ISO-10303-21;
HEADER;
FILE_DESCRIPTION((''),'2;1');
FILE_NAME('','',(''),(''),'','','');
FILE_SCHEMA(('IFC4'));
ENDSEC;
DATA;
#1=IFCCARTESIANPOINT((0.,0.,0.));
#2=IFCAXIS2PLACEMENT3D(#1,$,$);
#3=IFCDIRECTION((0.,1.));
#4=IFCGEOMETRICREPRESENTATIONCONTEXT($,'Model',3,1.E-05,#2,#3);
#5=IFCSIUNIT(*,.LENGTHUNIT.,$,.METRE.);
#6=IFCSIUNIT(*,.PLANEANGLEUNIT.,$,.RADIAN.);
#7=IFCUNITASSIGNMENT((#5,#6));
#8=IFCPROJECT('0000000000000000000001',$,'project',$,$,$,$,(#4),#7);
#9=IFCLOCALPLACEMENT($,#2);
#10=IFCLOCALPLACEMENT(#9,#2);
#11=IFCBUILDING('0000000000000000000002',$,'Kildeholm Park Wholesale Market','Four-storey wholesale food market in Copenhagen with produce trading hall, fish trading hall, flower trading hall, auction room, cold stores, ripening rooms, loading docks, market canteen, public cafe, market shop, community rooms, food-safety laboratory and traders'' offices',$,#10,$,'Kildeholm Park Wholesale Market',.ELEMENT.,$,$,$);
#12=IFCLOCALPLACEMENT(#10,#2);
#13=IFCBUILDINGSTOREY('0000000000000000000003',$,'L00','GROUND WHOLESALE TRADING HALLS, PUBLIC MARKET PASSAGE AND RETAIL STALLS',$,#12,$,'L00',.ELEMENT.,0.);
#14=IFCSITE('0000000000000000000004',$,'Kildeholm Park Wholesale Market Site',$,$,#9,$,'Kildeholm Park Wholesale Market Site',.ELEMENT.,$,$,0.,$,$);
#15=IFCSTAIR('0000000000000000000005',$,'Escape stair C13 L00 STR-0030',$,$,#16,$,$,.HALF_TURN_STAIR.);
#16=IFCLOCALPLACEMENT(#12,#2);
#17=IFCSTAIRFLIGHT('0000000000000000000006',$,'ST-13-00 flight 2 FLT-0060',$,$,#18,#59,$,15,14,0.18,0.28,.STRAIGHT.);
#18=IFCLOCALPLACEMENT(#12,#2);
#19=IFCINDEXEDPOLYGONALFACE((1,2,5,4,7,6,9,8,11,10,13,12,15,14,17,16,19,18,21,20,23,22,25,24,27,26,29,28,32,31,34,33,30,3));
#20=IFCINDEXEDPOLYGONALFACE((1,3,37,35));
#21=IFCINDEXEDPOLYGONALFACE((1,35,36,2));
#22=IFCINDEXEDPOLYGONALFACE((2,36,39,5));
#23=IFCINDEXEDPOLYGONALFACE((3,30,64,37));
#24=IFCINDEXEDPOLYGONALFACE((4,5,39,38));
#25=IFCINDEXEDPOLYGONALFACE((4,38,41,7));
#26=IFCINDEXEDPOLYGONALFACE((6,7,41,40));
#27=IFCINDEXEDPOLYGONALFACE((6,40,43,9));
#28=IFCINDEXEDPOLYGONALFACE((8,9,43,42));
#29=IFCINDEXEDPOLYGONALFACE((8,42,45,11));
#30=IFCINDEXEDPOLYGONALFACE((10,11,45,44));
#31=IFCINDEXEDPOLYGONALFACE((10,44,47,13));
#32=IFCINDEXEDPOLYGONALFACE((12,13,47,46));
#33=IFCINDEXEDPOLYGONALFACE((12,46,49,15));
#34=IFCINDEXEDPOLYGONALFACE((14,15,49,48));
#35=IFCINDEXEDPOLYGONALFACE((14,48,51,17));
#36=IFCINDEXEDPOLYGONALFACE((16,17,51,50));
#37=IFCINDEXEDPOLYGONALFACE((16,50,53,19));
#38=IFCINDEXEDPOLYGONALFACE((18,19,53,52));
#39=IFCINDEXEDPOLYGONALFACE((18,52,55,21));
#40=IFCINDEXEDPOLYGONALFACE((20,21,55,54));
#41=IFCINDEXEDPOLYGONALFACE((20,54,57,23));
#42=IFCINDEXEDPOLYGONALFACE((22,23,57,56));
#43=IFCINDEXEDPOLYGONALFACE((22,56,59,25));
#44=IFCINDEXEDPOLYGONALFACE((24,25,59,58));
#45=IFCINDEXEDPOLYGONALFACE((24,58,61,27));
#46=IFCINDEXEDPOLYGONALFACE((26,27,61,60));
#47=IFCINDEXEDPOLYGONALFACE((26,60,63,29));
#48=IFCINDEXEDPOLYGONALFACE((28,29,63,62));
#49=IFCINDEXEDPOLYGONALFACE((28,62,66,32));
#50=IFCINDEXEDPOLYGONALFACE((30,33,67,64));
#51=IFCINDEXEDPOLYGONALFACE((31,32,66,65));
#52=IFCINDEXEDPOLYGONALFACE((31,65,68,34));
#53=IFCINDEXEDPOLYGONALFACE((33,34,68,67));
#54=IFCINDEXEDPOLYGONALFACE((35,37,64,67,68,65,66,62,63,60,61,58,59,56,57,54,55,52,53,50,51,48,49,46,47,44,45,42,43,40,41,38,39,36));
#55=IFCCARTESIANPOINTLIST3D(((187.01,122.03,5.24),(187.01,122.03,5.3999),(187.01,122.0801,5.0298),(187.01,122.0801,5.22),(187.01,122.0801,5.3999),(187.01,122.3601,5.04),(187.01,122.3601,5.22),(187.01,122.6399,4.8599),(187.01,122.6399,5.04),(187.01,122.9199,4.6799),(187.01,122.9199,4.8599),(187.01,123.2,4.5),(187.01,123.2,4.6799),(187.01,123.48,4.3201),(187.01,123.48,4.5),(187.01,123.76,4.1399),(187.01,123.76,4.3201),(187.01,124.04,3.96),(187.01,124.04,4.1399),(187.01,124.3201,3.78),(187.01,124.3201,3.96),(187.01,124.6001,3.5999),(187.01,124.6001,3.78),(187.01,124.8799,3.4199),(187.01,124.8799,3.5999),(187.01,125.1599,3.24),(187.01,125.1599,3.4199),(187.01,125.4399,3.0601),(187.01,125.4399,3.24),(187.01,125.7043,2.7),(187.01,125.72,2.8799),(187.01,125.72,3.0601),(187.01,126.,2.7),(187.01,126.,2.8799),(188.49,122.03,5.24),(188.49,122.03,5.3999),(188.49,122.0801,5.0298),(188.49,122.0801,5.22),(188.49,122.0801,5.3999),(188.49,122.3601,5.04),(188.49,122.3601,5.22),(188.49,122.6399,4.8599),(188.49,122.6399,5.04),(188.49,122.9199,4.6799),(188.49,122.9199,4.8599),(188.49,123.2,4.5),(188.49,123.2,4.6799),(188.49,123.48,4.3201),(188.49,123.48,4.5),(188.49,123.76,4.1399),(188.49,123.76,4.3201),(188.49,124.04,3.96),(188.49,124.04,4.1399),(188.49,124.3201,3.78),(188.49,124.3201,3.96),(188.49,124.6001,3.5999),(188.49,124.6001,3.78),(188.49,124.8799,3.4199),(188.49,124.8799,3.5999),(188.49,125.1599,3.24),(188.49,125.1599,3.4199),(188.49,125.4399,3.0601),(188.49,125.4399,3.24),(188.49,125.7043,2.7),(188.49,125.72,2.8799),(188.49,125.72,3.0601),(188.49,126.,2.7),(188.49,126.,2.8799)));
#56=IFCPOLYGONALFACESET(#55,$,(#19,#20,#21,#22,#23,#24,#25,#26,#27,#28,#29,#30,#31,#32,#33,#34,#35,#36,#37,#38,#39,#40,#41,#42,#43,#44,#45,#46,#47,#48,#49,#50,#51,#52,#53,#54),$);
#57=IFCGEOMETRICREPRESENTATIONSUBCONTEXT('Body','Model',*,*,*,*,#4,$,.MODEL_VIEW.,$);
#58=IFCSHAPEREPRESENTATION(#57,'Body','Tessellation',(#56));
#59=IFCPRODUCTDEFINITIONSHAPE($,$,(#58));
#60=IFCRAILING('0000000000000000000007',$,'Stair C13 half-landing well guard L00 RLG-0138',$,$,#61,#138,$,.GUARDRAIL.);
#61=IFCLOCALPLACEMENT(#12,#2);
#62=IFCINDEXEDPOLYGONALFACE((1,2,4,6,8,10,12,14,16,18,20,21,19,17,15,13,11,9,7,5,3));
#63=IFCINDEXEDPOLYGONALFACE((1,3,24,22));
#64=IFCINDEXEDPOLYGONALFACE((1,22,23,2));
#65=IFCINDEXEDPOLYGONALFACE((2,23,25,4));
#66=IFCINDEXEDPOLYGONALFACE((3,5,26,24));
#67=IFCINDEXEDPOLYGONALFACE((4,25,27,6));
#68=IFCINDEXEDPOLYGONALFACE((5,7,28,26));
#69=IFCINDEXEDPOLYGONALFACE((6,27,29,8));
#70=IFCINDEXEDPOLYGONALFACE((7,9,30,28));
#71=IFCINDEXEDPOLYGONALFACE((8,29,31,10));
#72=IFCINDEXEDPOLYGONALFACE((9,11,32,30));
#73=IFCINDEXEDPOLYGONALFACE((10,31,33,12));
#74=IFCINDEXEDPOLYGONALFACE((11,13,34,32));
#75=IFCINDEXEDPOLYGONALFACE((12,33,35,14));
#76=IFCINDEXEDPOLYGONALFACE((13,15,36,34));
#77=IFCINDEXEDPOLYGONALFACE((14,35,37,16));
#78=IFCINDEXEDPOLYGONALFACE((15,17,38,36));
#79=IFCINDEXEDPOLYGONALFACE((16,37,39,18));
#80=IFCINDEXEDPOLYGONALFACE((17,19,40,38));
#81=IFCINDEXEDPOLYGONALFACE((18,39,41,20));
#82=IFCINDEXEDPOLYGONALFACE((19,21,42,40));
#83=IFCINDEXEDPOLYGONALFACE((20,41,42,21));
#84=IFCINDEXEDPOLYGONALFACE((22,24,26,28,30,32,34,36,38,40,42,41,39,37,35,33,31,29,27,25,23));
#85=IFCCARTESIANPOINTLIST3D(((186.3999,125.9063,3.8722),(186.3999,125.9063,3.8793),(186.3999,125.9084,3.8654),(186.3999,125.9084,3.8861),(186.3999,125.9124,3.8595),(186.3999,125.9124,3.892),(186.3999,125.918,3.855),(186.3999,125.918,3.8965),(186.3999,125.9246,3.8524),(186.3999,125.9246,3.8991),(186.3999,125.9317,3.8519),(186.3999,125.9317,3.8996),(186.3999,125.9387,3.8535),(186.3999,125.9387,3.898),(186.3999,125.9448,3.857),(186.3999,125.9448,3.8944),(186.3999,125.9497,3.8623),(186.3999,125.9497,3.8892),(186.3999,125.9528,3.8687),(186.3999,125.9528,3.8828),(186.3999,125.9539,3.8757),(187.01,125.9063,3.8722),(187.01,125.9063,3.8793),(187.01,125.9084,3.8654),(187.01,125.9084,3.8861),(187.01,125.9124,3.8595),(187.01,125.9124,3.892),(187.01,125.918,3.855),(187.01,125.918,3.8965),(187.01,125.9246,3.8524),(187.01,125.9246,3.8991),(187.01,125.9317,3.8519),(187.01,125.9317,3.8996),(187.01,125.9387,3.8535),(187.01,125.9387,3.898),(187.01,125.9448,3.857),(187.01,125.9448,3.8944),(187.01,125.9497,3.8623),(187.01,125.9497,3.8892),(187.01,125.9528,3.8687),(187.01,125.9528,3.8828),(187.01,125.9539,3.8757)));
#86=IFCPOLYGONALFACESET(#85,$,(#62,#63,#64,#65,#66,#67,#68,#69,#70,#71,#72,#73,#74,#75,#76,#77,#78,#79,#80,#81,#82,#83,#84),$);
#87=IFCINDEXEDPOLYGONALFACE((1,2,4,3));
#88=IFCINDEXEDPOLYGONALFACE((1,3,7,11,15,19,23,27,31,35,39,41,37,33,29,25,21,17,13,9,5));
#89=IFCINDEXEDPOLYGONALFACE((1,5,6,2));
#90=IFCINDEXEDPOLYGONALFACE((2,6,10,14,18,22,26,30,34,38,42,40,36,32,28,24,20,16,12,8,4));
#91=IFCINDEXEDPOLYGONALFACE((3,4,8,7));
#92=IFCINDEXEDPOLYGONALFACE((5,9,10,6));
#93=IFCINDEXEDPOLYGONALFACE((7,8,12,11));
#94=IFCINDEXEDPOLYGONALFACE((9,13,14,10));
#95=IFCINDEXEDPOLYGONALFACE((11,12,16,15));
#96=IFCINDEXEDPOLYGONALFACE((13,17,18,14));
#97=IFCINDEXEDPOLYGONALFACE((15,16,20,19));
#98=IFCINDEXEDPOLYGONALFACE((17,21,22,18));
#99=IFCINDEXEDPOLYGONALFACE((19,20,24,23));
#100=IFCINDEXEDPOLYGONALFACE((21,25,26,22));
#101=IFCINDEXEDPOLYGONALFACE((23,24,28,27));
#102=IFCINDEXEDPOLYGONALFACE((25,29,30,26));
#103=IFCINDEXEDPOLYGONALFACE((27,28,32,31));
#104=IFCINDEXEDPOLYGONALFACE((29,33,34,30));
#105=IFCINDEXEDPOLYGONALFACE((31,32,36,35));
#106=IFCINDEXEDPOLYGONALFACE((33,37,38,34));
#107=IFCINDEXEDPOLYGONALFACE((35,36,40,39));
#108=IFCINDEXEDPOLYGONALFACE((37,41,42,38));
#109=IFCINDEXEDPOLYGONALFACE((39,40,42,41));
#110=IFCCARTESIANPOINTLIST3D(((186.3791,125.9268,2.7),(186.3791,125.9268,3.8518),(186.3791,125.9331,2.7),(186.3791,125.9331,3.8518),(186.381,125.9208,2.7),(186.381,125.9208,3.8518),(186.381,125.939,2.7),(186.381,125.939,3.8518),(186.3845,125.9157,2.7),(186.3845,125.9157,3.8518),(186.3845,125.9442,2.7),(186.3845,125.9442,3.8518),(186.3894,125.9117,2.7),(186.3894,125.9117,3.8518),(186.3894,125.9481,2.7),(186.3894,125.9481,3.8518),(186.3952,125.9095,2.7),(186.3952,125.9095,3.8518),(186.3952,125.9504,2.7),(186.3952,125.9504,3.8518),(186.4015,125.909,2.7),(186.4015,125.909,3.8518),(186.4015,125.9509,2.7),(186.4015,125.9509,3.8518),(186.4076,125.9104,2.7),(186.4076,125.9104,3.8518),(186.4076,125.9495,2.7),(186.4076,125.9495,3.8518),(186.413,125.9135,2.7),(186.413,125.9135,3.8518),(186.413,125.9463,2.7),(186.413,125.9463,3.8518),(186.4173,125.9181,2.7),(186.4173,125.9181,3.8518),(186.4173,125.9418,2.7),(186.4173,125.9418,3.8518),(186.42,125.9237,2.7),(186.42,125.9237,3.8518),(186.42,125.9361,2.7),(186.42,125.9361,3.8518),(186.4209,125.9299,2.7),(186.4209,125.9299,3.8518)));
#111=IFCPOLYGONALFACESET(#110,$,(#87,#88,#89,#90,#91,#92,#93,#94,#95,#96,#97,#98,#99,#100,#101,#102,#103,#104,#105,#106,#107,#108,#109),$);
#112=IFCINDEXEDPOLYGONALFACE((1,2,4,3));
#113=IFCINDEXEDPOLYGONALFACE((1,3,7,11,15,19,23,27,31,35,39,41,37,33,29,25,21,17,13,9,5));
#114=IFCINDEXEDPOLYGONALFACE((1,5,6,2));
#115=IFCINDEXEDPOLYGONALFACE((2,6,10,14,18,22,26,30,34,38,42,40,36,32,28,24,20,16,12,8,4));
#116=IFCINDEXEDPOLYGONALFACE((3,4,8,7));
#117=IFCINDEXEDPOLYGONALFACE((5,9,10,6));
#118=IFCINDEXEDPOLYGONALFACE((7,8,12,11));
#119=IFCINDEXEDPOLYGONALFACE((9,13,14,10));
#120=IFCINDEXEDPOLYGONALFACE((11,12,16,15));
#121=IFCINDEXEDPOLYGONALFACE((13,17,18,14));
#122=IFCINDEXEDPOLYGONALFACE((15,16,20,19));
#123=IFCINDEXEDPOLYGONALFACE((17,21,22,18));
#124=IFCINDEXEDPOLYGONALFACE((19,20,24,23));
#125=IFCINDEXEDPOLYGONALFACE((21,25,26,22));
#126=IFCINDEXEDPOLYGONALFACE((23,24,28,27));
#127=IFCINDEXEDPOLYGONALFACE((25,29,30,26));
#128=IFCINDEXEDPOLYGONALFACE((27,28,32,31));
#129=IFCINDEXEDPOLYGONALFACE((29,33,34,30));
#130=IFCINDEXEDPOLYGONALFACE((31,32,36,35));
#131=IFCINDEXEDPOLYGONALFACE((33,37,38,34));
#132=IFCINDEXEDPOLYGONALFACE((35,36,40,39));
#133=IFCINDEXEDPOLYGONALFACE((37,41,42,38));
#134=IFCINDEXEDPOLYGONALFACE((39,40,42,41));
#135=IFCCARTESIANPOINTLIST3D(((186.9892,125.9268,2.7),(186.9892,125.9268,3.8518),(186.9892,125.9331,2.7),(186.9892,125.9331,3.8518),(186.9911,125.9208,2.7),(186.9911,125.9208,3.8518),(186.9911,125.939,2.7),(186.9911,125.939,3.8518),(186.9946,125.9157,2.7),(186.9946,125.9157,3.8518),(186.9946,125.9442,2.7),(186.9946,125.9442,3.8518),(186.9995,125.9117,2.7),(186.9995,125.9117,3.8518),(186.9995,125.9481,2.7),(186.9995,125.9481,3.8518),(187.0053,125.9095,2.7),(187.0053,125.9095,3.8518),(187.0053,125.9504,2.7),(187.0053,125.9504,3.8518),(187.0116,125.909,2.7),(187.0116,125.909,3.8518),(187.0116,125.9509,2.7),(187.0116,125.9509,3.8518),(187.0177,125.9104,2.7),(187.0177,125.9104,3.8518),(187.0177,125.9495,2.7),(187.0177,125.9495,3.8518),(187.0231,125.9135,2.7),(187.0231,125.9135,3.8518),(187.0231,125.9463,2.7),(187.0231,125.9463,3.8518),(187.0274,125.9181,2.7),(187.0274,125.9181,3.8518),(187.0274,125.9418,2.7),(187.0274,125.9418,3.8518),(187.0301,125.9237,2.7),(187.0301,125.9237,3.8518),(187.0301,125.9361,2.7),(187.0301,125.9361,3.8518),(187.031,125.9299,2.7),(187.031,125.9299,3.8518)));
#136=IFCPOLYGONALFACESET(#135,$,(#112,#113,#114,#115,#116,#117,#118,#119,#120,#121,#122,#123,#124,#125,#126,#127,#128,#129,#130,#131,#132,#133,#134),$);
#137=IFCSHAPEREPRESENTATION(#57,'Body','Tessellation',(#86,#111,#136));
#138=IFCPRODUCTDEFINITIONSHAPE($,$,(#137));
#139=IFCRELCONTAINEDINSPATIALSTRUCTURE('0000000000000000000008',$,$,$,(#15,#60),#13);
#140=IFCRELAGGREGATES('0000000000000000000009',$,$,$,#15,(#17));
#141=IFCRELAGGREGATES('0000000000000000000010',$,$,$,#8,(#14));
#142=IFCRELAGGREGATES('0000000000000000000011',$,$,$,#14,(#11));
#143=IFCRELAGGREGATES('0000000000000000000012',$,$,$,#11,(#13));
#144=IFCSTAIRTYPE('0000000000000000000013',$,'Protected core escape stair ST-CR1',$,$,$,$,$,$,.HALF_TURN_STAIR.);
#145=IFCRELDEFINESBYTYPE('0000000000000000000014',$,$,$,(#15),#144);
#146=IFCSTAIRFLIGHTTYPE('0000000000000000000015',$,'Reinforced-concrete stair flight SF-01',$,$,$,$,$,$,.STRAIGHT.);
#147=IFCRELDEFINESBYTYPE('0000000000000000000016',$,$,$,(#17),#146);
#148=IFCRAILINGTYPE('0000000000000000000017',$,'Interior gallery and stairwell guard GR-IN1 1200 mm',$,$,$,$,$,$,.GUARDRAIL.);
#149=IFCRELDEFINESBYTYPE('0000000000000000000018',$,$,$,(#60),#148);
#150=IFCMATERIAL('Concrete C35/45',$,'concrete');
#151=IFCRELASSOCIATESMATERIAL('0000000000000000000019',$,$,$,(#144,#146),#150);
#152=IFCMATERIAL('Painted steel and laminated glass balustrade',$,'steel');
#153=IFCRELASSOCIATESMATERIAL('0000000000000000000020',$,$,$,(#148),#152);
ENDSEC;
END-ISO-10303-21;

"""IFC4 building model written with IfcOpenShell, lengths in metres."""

from ifc_helpers import new_model, si_unit, direction, frame, origin, origin_2d, place, context, subcontext, project, spatial, polyline, circle, outline, extrude, material, type_object, element, aggregate, save


model = new_model("IFC4")

# Units and contexts
model_context = context("Model", 3, precision=1e-05, world=origin(), true_north=direction((0.0, 1.0)))
body_context = subcontext(model_context, "Body", "Model", "MODEL_VIEW")
ifc_project = project(units=[si_unit("LENGTHUNIT", "METRE"), si_unit("PLANEANGLEUNIT", "RADIAN")], contexts=[model_context])

# Site, building, storey
site_placement = place(None, origin())
site = spatial("IfcSite", under=ifc_project, at=site_placement, Name="Kildeholm Park Wholesale Market Site", LongName="Kildeholm Park Wholesale Market Site", CompositionType="ELEMENT", RefElevation=0.0)
building_placement = place(site_placement, origin())
building = spatial("IfcBuilding", under=site, at=building_placement, Name="Kildeholm Park Wholesale Market", Description="Four-storey wholesale food market in Copenhagen with produce trading hall, fish trading hall, flower trading hall, auction room, cold stores, ripening rooms, loading docks, market canteen, public cafe, market shop, community rooms, food-safety laboratory and traders' offices", LongName="Kildeholm Park Wholesale Market", CompositionType="ELEMENT")
storey_placement = place(building_placement, origin())
storey = spatial("IfcBuildingStorey", under=building, at=storey_placement, Name="L00", Description="GROUND WHOLESALE TRADING HALLS, PUBLIC MARKET PASSAGE AND RETAIL STALLS", LongName="L00", CompositionType="ELEMENT", Elevation=0.0)

# Shared definitions
ifc_material_1 = material(Name="Concrete C35/45", Category="concrete")

# Stair, stair flight
stair_type = type_object("IfcStairType", Name="Protected core escape stair ST-CR1", PredefinedType="HALF_TURN_STAIR", material=ifc_material_1)
stair_placement = place(storey_placement, origin())
stair = element("IfcStair", 1, at=stair_placement, inside=storey, type_object=stair_type, Name="Escape stair C13 L00 STR-0030", PredefinedType="HALF_TURN_STAIR")
stair_flight_type = type_object("IfcStairFlightType", Name="Reinforced-concrete stair flight SF-01", PredefinedType="STRAIGHT", material=ifc_material_1)
stair_flight_placement = place(storey_placement, frame((187.75, 126.0, 2.7), z_axis=(0.0, 0.0, 1.0), x_axis=(0.0, -1.0, 0.0)))
stair_flight = element("IfcStairFlight", 2, at=stair_flight_placement, type_object=stair_flight_type, Name="ST-13-00 flight 2 FLT-0060", NumberOfRisers=15, NumberOfTreads=14, PredefinedType="STRAIGHT", RiserHeight=0.18, TreadLength=0.28, context=body_context, shape_type="SweptSolid", body=[
    extrude(outline(polyline([(0.0, 0.0), (0.0, 0.1799), (0.28, 0.1799), (0.28, 0.3601), (0.5601, 0.3601), (0.5601, 0.54), (0.8401, 0.54), (0.8401, 0.72), (1.1201, 0.72), (1.1201, 0.8999), (1.3999, 0.8999), (1.3999, 1.0801), (1.6799, 1.0801), (1.6799, 1.26), (1.96, 1.26), (1.96, 1.4399), (2.24, 1.4399), (2.24, 1.6201), (2.52, 1.6201), (2.52, 1.8), (2.8, 1.8), (2.8, 1.98), (3.0801, 1.98), (3.0801, 2.1599), (3.3601, 2.1599), (3.3601, 2.3401), (3.6399, 2.3401), (3.6399, 2.52), (3.9199, 2.52), (3.9199, 2.7), (3.97, 2.7), (3.97, 2.54), (3.9199, 2.3298), (0.2957, 0.0), (0.0, 0.0)])), frame((0.0, 0.74, 0.0), z_axis=(0.0, -1.0, 0.0), x_axis=(1.0, 0.0, 0.0)), (0.0, 0.0, 1.0), 1.48),
])
aggregate(stair, [stair_flight])

# Railing
ifc_material_2 = material(Name="Painted steel and laminated glass balustrade", Category="steel")
railing_type_1 = type_object("IfcRailingType", Name="Interior gallery and stairwell guard GR-IN1 1200 mm", PredefinedType="GUARDRAIL", material=ifc_material_2)
railing_1_placement = place(storey_placement, frame((186.3999, 125.9299, 2.7)))
element("IfcRailing", 3, at=railing_1_placement, inside=storey, type_object=railing_type_1, Name="Stair C13 half-landing well guard L00 RLG-0138", PredefinedType="GUARDRAIL", context=body_context, shape_type="SweptSolid", body=[
    extrude(circle(Radius=0.0239, at=origin_2d()), frame((0.0, 0.0, 1.1758), z_axis=(1.0, 0.0, 0.0), x_axis=(0.0, 1.0, 0.0)), (0.0, 0.0, 1.0), 0.6101),
    extrude(circle(Radius=0.021, at=origin_2d()), origin(), (0.0, 0.0, 1.0), 1.1519),
    extrude(circle(Radius=0.021, at=origin_2d()), frame((0.6101, 0.0, 0.0)), (0.0, 0.0, 1.0), 1.1519),
])

save(model, "model.ifc")
